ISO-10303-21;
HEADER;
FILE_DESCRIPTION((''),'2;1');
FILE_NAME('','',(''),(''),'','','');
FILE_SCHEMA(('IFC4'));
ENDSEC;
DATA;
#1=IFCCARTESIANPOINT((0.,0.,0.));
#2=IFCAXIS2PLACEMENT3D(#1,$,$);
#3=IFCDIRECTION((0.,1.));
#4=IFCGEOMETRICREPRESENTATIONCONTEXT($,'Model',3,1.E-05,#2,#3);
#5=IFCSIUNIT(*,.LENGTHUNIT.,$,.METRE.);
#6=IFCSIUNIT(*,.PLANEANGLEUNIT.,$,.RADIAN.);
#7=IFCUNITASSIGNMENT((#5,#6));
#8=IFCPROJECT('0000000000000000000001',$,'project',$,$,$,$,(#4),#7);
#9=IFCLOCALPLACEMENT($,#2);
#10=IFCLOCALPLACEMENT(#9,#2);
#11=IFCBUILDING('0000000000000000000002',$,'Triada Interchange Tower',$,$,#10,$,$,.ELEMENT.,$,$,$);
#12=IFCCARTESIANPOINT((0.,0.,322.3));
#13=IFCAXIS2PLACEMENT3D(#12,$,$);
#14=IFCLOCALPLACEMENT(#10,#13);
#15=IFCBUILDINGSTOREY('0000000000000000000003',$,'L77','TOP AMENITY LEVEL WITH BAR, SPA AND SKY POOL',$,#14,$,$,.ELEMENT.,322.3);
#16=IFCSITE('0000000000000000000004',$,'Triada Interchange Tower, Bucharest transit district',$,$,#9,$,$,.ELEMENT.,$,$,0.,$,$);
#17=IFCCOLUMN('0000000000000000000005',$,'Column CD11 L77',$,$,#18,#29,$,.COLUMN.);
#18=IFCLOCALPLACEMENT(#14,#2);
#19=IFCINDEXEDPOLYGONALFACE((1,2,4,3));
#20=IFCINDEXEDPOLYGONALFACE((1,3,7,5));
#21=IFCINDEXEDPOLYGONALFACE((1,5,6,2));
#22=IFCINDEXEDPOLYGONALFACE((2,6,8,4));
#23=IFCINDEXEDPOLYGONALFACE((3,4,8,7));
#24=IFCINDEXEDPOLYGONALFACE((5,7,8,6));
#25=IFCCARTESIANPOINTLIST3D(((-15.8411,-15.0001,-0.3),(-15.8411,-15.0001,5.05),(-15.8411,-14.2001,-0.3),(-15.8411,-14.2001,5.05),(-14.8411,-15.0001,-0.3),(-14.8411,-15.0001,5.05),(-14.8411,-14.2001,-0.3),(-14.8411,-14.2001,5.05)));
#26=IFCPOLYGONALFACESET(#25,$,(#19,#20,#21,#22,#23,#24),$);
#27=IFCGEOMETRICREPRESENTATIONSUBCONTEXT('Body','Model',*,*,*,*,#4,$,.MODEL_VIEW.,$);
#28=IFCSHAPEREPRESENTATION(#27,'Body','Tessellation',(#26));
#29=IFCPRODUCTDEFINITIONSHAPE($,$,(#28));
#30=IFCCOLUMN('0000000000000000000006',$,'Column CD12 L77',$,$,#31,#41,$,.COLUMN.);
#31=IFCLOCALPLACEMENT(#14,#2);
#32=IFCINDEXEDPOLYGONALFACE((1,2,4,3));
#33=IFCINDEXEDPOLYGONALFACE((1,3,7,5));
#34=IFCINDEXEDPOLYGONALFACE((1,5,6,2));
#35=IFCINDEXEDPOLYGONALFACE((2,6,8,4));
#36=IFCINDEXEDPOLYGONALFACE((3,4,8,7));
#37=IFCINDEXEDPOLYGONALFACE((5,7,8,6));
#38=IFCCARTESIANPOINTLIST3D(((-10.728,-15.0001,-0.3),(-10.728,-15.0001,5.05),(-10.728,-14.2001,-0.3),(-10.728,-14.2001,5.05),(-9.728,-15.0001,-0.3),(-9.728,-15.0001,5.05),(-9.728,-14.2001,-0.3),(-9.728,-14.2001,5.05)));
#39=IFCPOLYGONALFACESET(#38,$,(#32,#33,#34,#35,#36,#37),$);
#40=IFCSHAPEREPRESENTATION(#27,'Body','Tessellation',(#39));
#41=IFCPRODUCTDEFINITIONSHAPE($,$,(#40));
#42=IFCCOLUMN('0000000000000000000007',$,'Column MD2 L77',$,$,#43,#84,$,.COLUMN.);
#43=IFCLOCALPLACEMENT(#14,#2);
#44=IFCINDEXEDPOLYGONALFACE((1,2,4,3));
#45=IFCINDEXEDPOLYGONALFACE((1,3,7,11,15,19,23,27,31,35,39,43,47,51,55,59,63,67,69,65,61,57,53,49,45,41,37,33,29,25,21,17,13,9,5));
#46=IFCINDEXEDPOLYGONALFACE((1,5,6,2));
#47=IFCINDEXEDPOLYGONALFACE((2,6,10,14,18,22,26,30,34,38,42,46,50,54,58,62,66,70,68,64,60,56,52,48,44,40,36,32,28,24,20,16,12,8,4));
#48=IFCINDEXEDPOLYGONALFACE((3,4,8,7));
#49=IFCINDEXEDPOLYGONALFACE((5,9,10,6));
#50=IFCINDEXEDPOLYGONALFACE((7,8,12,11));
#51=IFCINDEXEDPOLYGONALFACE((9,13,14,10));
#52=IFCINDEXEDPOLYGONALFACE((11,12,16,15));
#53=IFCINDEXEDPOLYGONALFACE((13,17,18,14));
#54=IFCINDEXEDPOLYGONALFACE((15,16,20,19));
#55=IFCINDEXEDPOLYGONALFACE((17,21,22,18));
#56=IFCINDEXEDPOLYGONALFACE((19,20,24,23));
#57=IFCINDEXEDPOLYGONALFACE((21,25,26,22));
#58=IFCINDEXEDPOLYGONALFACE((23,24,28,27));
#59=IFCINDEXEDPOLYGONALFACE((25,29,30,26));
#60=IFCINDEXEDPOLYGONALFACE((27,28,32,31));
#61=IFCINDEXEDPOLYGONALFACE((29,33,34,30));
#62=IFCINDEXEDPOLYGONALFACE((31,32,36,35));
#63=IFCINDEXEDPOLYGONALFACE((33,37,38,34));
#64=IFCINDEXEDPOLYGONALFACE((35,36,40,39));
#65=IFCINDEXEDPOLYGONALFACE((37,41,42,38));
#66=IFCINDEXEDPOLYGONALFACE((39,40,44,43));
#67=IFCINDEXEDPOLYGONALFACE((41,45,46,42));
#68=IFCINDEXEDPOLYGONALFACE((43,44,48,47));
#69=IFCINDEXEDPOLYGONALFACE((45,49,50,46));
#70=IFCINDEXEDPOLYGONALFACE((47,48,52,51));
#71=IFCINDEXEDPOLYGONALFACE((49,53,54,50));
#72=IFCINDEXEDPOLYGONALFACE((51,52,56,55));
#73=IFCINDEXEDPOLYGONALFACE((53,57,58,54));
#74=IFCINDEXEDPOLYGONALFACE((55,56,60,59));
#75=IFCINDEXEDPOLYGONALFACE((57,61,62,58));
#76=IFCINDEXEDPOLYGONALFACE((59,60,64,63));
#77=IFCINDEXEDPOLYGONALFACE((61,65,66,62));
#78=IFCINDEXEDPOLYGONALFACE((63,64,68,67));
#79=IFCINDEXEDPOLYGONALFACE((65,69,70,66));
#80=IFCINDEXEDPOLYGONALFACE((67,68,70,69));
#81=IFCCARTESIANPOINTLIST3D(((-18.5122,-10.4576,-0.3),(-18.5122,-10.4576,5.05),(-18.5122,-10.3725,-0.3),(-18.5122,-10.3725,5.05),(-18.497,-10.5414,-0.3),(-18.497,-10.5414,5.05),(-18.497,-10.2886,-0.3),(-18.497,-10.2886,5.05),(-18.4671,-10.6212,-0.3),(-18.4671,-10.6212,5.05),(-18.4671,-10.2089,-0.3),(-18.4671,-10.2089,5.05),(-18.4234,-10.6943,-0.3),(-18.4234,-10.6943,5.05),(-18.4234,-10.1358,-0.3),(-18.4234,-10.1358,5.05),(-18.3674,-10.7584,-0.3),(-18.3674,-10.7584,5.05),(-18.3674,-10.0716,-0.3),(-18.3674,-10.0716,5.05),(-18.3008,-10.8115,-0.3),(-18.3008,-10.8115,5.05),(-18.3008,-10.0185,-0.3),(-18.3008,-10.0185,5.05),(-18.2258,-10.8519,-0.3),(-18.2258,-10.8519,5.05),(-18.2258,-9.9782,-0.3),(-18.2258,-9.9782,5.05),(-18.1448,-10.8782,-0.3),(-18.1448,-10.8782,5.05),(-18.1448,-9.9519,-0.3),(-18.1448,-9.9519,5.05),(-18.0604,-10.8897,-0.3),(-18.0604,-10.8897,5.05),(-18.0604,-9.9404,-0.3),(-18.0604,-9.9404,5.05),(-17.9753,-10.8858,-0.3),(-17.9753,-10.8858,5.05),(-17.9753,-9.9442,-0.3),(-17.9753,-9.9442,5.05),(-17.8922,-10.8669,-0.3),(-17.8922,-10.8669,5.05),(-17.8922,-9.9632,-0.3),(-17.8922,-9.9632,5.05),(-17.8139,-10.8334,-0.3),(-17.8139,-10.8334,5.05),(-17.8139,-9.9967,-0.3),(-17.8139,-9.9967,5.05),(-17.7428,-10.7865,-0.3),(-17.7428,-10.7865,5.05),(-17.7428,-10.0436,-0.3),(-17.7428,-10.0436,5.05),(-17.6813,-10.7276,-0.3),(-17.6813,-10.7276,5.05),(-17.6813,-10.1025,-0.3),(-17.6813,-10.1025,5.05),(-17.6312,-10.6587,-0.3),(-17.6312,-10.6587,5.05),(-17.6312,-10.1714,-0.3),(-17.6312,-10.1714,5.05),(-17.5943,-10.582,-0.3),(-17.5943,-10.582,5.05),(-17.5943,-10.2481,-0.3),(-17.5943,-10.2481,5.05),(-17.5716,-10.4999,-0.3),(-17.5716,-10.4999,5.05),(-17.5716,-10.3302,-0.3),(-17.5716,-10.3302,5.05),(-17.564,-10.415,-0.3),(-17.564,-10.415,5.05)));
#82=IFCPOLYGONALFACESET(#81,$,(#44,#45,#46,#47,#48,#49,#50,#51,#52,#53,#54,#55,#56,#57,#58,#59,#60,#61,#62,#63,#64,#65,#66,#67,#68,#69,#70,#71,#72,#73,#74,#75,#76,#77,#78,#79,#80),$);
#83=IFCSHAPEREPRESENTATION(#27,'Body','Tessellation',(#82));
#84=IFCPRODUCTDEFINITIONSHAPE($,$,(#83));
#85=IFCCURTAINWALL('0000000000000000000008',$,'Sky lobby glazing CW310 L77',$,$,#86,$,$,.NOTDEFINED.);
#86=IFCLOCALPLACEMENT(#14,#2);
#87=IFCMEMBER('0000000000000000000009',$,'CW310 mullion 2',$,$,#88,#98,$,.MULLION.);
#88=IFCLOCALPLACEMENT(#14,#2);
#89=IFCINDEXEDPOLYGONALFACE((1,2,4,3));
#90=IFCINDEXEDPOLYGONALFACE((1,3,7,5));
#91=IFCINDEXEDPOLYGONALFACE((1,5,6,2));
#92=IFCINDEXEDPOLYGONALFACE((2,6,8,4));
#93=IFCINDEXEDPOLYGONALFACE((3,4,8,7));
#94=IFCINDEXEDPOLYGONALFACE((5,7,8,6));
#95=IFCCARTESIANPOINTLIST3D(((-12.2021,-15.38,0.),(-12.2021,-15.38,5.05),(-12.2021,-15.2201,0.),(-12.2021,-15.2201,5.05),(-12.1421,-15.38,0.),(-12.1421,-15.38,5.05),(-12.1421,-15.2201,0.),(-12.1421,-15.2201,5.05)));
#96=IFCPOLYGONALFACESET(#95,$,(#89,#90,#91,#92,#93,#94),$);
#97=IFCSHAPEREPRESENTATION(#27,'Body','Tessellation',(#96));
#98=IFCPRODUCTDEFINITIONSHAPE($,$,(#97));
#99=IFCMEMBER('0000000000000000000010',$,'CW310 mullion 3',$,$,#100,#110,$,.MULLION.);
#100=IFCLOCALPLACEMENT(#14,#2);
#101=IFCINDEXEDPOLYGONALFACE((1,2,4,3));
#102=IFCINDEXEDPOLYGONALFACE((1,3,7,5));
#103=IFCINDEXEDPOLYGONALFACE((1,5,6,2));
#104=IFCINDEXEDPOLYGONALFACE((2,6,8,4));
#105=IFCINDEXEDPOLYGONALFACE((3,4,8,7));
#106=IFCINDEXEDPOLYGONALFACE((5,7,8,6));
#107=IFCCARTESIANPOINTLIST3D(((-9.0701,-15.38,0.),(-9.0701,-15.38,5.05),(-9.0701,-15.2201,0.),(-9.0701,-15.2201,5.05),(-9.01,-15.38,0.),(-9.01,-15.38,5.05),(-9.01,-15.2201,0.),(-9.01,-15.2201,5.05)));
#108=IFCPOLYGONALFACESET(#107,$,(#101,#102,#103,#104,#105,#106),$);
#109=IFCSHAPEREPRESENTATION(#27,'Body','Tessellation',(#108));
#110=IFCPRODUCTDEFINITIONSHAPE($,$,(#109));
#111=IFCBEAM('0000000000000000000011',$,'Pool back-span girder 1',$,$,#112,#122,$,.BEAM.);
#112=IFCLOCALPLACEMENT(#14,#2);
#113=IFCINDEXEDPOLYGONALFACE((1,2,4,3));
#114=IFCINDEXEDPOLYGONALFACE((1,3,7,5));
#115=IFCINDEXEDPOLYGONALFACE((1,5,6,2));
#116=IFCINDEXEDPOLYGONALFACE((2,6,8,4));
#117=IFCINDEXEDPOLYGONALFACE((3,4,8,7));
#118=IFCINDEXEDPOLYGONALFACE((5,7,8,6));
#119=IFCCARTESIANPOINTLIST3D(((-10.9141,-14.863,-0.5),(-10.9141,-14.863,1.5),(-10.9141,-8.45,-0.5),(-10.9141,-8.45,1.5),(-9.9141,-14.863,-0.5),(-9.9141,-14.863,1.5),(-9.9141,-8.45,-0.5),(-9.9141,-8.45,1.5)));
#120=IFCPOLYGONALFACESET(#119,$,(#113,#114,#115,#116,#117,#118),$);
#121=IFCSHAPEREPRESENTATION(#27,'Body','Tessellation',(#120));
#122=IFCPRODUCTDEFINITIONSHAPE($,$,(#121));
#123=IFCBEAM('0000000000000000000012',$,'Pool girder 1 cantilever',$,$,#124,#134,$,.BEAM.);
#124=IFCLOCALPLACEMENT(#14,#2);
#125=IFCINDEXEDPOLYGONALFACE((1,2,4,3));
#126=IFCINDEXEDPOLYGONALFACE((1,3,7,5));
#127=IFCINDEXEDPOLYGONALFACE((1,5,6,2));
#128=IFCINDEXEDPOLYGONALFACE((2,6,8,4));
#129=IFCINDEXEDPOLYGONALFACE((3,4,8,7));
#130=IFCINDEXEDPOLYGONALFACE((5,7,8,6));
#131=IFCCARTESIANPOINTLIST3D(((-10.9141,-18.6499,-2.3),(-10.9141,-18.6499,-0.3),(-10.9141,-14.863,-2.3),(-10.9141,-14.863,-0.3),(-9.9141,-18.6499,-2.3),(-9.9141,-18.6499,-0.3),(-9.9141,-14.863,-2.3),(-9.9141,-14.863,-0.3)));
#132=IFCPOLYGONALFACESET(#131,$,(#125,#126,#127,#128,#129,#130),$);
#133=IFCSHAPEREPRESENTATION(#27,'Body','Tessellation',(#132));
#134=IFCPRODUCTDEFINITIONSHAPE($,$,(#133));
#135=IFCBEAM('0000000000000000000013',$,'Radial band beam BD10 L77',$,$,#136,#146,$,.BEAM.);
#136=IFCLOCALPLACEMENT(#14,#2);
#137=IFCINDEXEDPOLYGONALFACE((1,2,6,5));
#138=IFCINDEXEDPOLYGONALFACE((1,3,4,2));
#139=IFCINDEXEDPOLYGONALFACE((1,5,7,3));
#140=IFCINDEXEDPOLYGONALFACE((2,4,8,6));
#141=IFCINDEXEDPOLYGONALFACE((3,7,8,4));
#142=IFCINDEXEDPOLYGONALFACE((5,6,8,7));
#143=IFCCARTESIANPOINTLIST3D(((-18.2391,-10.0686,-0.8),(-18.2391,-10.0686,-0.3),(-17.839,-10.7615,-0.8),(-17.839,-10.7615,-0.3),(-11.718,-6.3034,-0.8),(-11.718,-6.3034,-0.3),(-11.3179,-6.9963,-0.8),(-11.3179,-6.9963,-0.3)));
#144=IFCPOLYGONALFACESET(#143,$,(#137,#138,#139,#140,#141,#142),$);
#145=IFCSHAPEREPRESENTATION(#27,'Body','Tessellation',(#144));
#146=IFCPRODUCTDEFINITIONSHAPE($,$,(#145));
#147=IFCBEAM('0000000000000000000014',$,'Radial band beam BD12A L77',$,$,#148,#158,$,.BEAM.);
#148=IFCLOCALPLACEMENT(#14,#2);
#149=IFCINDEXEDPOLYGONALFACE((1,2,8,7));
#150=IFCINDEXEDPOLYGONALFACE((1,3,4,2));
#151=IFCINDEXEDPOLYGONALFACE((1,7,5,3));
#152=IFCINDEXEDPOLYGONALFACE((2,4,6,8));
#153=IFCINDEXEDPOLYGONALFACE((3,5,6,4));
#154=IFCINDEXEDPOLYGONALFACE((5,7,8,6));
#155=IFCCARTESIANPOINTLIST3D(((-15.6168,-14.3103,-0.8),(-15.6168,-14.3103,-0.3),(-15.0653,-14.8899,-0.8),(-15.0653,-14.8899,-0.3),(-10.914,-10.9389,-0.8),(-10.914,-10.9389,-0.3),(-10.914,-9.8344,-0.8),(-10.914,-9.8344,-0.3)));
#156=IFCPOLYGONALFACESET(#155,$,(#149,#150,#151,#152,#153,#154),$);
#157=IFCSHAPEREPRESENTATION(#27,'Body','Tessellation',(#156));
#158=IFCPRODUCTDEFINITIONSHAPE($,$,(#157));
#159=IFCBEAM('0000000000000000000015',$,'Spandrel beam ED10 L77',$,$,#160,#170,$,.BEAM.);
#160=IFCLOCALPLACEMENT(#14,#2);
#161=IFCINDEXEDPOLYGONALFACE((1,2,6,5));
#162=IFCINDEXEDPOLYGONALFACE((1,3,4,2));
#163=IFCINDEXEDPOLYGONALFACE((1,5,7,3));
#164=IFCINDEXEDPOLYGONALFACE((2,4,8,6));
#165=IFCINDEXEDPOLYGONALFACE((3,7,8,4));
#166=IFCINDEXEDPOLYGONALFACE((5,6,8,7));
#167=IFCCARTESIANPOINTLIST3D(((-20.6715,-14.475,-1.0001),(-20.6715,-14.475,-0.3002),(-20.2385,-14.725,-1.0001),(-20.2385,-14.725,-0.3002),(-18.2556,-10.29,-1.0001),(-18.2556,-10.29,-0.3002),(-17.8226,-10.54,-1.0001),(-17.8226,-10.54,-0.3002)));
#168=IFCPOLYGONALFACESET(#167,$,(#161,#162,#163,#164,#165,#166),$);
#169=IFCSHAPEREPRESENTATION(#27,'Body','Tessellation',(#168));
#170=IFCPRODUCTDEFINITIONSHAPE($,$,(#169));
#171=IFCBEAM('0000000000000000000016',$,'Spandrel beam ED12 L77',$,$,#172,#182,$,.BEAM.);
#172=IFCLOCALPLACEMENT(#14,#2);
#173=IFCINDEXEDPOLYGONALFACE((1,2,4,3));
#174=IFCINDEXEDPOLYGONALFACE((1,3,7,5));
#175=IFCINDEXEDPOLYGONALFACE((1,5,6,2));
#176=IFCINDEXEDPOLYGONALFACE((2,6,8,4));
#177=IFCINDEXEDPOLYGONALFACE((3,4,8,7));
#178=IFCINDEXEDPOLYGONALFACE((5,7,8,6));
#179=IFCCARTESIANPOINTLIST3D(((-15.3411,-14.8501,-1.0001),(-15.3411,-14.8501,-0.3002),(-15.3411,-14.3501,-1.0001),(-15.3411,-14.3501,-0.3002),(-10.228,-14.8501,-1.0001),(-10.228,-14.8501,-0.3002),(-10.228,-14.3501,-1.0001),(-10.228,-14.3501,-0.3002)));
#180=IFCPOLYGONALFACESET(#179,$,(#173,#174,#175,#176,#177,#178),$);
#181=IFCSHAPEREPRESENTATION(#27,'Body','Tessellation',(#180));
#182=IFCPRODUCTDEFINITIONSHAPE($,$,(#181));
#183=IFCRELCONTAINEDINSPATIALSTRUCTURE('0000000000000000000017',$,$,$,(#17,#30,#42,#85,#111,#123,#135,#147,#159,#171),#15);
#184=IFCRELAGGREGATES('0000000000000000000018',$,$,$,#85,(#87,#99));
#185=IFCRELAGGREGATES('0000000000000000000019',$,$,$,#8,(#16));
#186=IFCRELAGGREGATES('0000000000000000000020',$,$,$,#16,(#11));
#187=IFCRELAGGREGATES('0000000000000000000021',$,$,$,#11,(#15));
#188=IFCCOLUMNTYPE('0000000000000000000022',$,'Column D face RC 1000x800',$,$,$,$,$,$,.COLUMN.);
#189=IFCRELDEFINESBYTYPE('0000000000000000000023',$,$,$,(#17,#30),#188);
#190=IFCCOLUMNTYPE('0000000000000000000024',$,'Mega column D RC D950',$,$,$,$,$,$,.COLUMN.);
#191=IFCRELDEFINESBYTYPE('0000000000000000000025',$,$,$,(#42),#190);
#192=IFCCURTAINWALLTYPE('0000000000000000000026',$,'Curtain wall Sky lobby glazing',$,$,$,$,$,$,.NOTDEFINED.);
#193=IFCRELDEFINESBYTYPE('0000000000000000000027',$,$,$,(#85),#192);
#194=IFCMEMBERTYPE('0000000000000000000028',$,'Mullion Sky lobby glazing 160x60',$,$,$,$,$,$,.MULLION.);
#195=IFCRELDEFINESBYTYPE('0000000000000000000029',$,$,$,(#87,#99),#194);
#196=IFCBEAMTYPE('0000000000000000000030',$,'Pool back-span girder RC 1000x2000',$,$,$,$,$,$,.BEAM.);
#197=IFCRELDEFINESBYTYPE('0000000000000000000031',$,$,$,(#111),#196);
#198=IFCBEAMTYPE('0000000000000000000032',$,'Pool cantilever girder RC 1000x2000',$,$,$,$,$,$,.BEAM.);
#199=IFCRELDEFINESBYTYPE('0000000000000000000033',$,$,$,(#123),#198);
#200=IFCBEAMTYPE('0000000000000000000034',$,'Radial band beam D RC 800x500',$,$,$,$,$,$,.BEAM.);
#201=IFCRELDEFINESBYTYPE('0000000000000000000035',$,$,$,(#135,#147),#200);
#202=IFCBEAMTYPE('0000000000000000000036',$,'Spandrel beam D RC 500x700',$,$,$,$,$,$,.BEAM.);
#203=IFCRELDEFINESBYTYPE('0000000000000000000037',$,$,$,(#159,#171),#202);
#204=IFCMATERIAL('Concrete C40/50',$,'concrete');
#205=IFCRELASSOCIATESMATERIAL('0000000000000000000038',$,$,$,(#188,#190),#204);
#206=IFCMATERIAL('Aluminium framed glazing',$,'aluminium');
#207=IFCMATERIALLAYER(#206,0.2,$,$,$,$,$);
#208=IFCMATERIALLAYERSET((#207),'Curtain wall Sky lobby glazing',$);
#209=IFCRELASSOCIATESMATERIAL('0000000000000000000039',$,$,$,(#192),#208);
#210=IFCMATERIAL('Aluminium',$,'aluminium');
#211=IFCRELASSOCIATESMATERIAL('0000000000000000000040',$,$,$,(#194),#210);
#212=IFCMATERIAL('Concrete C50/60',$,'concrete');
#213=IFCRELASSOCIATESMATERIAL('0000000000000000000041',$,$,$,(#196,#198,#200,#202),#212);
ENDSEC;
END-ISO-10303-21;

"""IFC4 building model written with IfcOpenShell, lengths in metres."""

from ifc_helpers import new_model, si_unit, direction, frame, origin, origin_2d, place, context, subcontext, project, spatial, rectangle, circle, extrude, clip, halfspace, material, layer, layer_set, material_profile, profile_set, type_object, element, aggregate, save


model = new_model("IFC4")

# Units and contexts
model_context = context("Model", 3, precision=1e-05, world=origin(), true_north=direction((0.0, 1.0)))
body_context = subcontext(model_context, "Body", "Model", "MODEL_VIEW")
ifc_project = project(units=[si_unit("LENGTHUNIT", "METRE"), si_unit("PLANEANGLEUNIT", "RADIAN")], contexts=[model_context])

# Site, building, storey
site_placement = place(None, origin())
site = spatial("IfcSite", under=ifc_project, at=site_placement, Name="Triada Interchange Tower, Bucharest transit district", CompositionType="ELEMENT", RefElevation=0.0)
building_placement = place(site_placement, origin())
building = spatial("IfcBuilding", under=site, at=building_placement, Name="Triada Interchange Tower", CompositionType="ELEMENT")
storey_placement = place(building_placement, frame((0.0, 0.0, 322.3)))
storey = spatial("IfcBuildingStorey", under=building, at=storey_placement, Name="L77", Description="TOP AMENITY LEVEL WITH BAR, SPA AND SKY POOL", CompositionType="ELEMENT", Elevation=322.3)

# Columns
ifc_material_1 = material(Name="Concrete C40/50", Category="concrete")
ifc_material_profile_1 = material_profile(ifc_material_1, rectangle(XDim=1.0, YDim=0.8, at=origin_2d()), Name="RC 1000x800")
ifc_profile_set_1 = profile_set([ifc_material_profile_1], Name="Concrete C40/50")
column_type_1 = type_object("IfcColumnType", Name="Column D face RC 1000x800", PredefinedType="COLUMN", material=ifc_profile_set_1)
for number, where, z_axis, x_axis, name in (
    (1, (-15.3411, -14.6001, -0.3), (0.0, 0.0, 1.0), (1.0, 0.0, 0.0), "Column CD11 L77"),
    (2, (-10.228, -14.6001, -0.3), (0.0, 0.0, 1.0), (1.0, 0.0, 0.0), "Column CD12 L77"),
):
    element("IfcColumn", number, at=place(storey_placement, frame(where, z_axis=z_axis, x_axis=x_axis)), inside=storey, type_object=column_type_1, Name=name, PredefinedType="COLUMN", context=body_context, shape_type="SweptSolid", body=[
        extrude(rectangle(XDim=1.0, YDim=0.8, at=origin_2d()), origin(), (0.0, 0.0, 1.0), 5.3501),
    ])
ifc_material_profile_2 = material_profile(ifc_material_1, circle(Radius=0.4751, at=origin_2d()), Name="RC D950")
ifc_profile_set_2 = profile_set([ifc_material_profile_2], Name="Concrete C40/50")
column_type_2 = type_object("IfcColumnType", Name="Mega column D RC D950", PredefinedType="COLUMN", material=ifc_profile_set_2)
column_placement = place(storey_placement, frame((-18.0391, -10.415, -0.3), z_axis=(0.0, 0.0, 1.0), x_axis=(1.0, 0.0, 0.0)))
element("IfcColumn", 3, at=column_placement, inside=storey, type_object=column_type_2, Name="Column MD2 L77", PredefinedType="COLUMN", context=body_context, shape_type="SweptSolid", body=[
    extrude(circle(Radius=0.4751, at=origin_2d()), origin(), (0.0, 0.0, 1.0), 5.3501),
])

# Curtain wall, members
ifc_material_2 = material(Name="Aluminium framed glazing", Category="aluminium")
ifc_layer_1 = layer(ifc_material_2, 0.2)
ifc_layer_set_1 = layer_set([ifc_layer_1], Name="Curtain wall Sky lobby glazing")
curtain_wall_type = type_object("IfcCurtainWallType", Name="Curtain wall Sky lobby glazing", PredefinedType="NOTDEFINED", material=ifc_layer_set_1)
curtain_wall_placement = place(storey_placement, origin())
curtain_wall = element("IfcCurtainWall", 4, at=curtain_wall_placement, inside=storey, type_object=curtain_wall_type, Name="Sky lobby glazing CW310 L77", PredefinedType="NOTDEFINED")
ifc_material_3 = material(Name="Aluminium", Category="aluminium")
ifc_material_profile_3 = material_profile(ifc_material_3, rectangle(XDim=0.1599, YDim=0.0601, at=origin_2d()), Name="Aluminium mullion")
ifc_profile_set_3 = profile_set([ifc_material_profile_3], Name="Aluminium")
member_type_1 = type_object("IfcMemberType", Name="Mullion Sky lobby glazing 160x60", PredefinedType="MULLION", material=ifc_profile_set_3)
member_1_placement = place(storey_placement, frame((-12.1721, -15.3, 0.0), z_axis=(0.0, 0.0, 1.0), x_axis=(0.0, 1.0, 0.0)))
member_1 = element("IfcMember", 5, at=member_1_placement, type_object=member_type_1, Name="CW310 mullion 2", PredefinedType="MULLION", context=body_context, shape_type="SweptSolid", body=[
    extrude(rectangle(XDim=0.1599, YDim=0.0601, at=origin_2d()), origin(), (0.0, 0.0, 1.0), 5.05),
])
member_2_placement = place(storey_placement, frame((-9.04, -15.3, 0.0), z_axis=(0.0, 0.0, 1.0), x_axis=(0.0, 1.0, 0.0)))
member_2 = element("IfcMember", 6, at=member_2_placement, type_object=member_type_1, Name="CW310 mullion 3", PredefinedType="MULLION", context=body_context, shape_type="SweptSolid", body=[
    extrude(rectangle(XDim=0.1599, YDim=0.0601, at=origin_2d()), origin(), (0.0, 0.0, 1.0), 5.05),
])

# Beams
ifc_material_4 = material(Name="Concrete C50/60", Category="concrete")
ifc_material_profile_4 = material_profile(ifc_material_4, rectangle(XDim=1.0, YDim=2.0, at=origin_2d()), Name="RC 1000x2000")
ifc_profile_set_4 = profile_set([ifc_material_profile_4], Name="Concrete C50/60")
beam_type_1 = type_object("IfcBeamType", Name="Pool back-span girder RC 1000x2000", PredefinedType="BEAM", material=ifc_profile_set_4)
beam_1_placement = place(storey_placement, frame((-10.4141, -8.45, 0.5), z_axis=(0.0, -1.0, 0.0), x_axis=(1.0, 0.0, 0.0)))
element("IfcBeam", 7, at=beam_1_placement, inside=storey, type_object=beam_type_1, Name="Pool back-span girder 1", PredefinedType="BEAM", context=body_context, shape_type="SweptSolid", body=[
    extrude(rectangle(XDim=1.0, YDim=2.0, at=origin_2d()), origin(), (0.0, 0.0, 1.0), 6.4131),
])
ifc_material_profile_5 = material_profile(ifc_material_4, rectangle(XDim=1.0, YDim=2.0, at=origin_2d()), Name="RC 1000x2000")
ifc_profile_set_5 = profile_set([ifc_material_profile_5], Name="Concrete C50/60")
beam_type_2 = type_object("IfcBeamType", Name="Pool cantilever girder RC 1000x2000", PredefinedType="BEAM", material=ifc_profile_set_5)
beam_2_placement = place(storey_placement, frame((-10.4141, -14.863, -1.3), z_axis=(0.0, -1.0, 0.0), x_axis=(1.0, 0.0, 0.0)))
element("IfcBeam", 8, at=beam_2_placement, inside=storey, type_object=beam_type_2, Name="Pool girder 1 cantilever", PredefinedType="BEAM", context=body_context, shape_type="SweptSolid", body=[
    extrude(rectangle(XDim=1.0, YDim=2.0, at=origin_2d()), origin(), (0.0, 0.0, 1.0), 3.7869),
])
ifc_material_profile_6 = material_profile(ifc_material_4, rectangle(XDim=0.8, YDim=0.5, at=origin_2d()), Name="RC 800x500")
ifc_profile_set_6 = profile_set([ifc_material_profile_6], Name="Concrete C50/60")
beam_type_3 = type_object("IfcBeamType", Name="Radial band beam D RC 800x500", PredefinedType="BEAM", material=ifc_profile_set_6)
beam_3_placement = place(storey_placement, frame((-18.0391, -10.415, -0.55), z_axis=(0.866012, 0.500024, 0.0), x_axis=(-0.500024, 0.866012, 0.0)))
element("IfcBeam", 9, at=beam_3_placement, inside=storey, type_object=beam_type_3, Name="Radial band beam BD10 L77", PredefinedType="BEAM", context=body_context, shape_type="SweptSolid", body=[
    extrude(rectangle(XDim=0.8, YDim=0.5, at=origin_2d()), origin(), (0.0, 0.0, 1.0), 7.53),
])
beam_4_placement = place(storey_placement, frame((-15.3411, -14.6001, -0.55), z_axis=(0.72437, 0.689412, 0.0), x_axis=(-0.689412, 0.72437, 0.0)))
element("IfcBeam", 10, at=beam_4_placement, inside=storey, type_object=beam_type_3, Name="Radial band beam BD12A L77", PredefinedType="BEAM", context=body_context, shape_type="Clipping", body=[
    clip(extrude(rectangle(XDim=0.8, YDim=0.5, at=origin_2d()), origin(), (0.0, 0.0, 1.0), 7.6123), halfspace(frame((1.4028, -321.75, 7.4468), z_axis=(-0.689412, 0.0, 0.72437), x_axis=(0.0, 1.0, 0.0)), False)),
])
ifc_material_profile_7 = material_profile(ifc_material_4, rectangle(XDim=0.5, YDim=0.7, at=origin_2d()), Name="RC 500x700")
ifc_profile_set_7 = profile_set([ifc_material_profile_7], Name="Concrete C50/60")
beam_type_4 = type_object("IfcBeamType", Name="Spandrel beam D RC 500x700", PredefinedType="BEAM", material=ifc_profile_set_7)
beam_5_placement = place(storey_placement, frame((-18.0391, -10.415, -0.6501), z_axis=(-0.499964, -0.866046, 0.0), x_axis=(0.866046, -0.499964, 0.0)))
element("IfcBeam", 11, at=beam_5_placement, inside=storey, type_object=beam_type_4, Name="Spandrel beam ED10 L77", PredefinedType="BEAM", context=body_context, shape_type="SweptSolid", body=[
    extrude(rectangle(XDim=0.5, YDim=0.7, at=origin_2d()), origin(), (0.0, 0.0, 1.0), 4.8323),
])
beam_6_placement = place(storey_placement, frame((-15.3411, -14.6001, -0.6501), z_axis=(1.0, 0.0, 0.0), x_axis=(0.0, 1.0, 0.0)))
element("IfcBeam", 12, at=beam_6_placement, inside=storey, type_object=beam_type_4, Name="Spandrel beam ED12 L77", PredefinedType="BEAM", context=body_context, shape_type="SweptSolid", body=[
    extrude(rectangle(XDim=0.5, YDim=0.7, at=origin_2d()), origin(), (0.0, 0.0, 1.0), 5.113),
])

aggregate(curtain_wall, [member_1, member_2])

save(model, "model.ifc")
